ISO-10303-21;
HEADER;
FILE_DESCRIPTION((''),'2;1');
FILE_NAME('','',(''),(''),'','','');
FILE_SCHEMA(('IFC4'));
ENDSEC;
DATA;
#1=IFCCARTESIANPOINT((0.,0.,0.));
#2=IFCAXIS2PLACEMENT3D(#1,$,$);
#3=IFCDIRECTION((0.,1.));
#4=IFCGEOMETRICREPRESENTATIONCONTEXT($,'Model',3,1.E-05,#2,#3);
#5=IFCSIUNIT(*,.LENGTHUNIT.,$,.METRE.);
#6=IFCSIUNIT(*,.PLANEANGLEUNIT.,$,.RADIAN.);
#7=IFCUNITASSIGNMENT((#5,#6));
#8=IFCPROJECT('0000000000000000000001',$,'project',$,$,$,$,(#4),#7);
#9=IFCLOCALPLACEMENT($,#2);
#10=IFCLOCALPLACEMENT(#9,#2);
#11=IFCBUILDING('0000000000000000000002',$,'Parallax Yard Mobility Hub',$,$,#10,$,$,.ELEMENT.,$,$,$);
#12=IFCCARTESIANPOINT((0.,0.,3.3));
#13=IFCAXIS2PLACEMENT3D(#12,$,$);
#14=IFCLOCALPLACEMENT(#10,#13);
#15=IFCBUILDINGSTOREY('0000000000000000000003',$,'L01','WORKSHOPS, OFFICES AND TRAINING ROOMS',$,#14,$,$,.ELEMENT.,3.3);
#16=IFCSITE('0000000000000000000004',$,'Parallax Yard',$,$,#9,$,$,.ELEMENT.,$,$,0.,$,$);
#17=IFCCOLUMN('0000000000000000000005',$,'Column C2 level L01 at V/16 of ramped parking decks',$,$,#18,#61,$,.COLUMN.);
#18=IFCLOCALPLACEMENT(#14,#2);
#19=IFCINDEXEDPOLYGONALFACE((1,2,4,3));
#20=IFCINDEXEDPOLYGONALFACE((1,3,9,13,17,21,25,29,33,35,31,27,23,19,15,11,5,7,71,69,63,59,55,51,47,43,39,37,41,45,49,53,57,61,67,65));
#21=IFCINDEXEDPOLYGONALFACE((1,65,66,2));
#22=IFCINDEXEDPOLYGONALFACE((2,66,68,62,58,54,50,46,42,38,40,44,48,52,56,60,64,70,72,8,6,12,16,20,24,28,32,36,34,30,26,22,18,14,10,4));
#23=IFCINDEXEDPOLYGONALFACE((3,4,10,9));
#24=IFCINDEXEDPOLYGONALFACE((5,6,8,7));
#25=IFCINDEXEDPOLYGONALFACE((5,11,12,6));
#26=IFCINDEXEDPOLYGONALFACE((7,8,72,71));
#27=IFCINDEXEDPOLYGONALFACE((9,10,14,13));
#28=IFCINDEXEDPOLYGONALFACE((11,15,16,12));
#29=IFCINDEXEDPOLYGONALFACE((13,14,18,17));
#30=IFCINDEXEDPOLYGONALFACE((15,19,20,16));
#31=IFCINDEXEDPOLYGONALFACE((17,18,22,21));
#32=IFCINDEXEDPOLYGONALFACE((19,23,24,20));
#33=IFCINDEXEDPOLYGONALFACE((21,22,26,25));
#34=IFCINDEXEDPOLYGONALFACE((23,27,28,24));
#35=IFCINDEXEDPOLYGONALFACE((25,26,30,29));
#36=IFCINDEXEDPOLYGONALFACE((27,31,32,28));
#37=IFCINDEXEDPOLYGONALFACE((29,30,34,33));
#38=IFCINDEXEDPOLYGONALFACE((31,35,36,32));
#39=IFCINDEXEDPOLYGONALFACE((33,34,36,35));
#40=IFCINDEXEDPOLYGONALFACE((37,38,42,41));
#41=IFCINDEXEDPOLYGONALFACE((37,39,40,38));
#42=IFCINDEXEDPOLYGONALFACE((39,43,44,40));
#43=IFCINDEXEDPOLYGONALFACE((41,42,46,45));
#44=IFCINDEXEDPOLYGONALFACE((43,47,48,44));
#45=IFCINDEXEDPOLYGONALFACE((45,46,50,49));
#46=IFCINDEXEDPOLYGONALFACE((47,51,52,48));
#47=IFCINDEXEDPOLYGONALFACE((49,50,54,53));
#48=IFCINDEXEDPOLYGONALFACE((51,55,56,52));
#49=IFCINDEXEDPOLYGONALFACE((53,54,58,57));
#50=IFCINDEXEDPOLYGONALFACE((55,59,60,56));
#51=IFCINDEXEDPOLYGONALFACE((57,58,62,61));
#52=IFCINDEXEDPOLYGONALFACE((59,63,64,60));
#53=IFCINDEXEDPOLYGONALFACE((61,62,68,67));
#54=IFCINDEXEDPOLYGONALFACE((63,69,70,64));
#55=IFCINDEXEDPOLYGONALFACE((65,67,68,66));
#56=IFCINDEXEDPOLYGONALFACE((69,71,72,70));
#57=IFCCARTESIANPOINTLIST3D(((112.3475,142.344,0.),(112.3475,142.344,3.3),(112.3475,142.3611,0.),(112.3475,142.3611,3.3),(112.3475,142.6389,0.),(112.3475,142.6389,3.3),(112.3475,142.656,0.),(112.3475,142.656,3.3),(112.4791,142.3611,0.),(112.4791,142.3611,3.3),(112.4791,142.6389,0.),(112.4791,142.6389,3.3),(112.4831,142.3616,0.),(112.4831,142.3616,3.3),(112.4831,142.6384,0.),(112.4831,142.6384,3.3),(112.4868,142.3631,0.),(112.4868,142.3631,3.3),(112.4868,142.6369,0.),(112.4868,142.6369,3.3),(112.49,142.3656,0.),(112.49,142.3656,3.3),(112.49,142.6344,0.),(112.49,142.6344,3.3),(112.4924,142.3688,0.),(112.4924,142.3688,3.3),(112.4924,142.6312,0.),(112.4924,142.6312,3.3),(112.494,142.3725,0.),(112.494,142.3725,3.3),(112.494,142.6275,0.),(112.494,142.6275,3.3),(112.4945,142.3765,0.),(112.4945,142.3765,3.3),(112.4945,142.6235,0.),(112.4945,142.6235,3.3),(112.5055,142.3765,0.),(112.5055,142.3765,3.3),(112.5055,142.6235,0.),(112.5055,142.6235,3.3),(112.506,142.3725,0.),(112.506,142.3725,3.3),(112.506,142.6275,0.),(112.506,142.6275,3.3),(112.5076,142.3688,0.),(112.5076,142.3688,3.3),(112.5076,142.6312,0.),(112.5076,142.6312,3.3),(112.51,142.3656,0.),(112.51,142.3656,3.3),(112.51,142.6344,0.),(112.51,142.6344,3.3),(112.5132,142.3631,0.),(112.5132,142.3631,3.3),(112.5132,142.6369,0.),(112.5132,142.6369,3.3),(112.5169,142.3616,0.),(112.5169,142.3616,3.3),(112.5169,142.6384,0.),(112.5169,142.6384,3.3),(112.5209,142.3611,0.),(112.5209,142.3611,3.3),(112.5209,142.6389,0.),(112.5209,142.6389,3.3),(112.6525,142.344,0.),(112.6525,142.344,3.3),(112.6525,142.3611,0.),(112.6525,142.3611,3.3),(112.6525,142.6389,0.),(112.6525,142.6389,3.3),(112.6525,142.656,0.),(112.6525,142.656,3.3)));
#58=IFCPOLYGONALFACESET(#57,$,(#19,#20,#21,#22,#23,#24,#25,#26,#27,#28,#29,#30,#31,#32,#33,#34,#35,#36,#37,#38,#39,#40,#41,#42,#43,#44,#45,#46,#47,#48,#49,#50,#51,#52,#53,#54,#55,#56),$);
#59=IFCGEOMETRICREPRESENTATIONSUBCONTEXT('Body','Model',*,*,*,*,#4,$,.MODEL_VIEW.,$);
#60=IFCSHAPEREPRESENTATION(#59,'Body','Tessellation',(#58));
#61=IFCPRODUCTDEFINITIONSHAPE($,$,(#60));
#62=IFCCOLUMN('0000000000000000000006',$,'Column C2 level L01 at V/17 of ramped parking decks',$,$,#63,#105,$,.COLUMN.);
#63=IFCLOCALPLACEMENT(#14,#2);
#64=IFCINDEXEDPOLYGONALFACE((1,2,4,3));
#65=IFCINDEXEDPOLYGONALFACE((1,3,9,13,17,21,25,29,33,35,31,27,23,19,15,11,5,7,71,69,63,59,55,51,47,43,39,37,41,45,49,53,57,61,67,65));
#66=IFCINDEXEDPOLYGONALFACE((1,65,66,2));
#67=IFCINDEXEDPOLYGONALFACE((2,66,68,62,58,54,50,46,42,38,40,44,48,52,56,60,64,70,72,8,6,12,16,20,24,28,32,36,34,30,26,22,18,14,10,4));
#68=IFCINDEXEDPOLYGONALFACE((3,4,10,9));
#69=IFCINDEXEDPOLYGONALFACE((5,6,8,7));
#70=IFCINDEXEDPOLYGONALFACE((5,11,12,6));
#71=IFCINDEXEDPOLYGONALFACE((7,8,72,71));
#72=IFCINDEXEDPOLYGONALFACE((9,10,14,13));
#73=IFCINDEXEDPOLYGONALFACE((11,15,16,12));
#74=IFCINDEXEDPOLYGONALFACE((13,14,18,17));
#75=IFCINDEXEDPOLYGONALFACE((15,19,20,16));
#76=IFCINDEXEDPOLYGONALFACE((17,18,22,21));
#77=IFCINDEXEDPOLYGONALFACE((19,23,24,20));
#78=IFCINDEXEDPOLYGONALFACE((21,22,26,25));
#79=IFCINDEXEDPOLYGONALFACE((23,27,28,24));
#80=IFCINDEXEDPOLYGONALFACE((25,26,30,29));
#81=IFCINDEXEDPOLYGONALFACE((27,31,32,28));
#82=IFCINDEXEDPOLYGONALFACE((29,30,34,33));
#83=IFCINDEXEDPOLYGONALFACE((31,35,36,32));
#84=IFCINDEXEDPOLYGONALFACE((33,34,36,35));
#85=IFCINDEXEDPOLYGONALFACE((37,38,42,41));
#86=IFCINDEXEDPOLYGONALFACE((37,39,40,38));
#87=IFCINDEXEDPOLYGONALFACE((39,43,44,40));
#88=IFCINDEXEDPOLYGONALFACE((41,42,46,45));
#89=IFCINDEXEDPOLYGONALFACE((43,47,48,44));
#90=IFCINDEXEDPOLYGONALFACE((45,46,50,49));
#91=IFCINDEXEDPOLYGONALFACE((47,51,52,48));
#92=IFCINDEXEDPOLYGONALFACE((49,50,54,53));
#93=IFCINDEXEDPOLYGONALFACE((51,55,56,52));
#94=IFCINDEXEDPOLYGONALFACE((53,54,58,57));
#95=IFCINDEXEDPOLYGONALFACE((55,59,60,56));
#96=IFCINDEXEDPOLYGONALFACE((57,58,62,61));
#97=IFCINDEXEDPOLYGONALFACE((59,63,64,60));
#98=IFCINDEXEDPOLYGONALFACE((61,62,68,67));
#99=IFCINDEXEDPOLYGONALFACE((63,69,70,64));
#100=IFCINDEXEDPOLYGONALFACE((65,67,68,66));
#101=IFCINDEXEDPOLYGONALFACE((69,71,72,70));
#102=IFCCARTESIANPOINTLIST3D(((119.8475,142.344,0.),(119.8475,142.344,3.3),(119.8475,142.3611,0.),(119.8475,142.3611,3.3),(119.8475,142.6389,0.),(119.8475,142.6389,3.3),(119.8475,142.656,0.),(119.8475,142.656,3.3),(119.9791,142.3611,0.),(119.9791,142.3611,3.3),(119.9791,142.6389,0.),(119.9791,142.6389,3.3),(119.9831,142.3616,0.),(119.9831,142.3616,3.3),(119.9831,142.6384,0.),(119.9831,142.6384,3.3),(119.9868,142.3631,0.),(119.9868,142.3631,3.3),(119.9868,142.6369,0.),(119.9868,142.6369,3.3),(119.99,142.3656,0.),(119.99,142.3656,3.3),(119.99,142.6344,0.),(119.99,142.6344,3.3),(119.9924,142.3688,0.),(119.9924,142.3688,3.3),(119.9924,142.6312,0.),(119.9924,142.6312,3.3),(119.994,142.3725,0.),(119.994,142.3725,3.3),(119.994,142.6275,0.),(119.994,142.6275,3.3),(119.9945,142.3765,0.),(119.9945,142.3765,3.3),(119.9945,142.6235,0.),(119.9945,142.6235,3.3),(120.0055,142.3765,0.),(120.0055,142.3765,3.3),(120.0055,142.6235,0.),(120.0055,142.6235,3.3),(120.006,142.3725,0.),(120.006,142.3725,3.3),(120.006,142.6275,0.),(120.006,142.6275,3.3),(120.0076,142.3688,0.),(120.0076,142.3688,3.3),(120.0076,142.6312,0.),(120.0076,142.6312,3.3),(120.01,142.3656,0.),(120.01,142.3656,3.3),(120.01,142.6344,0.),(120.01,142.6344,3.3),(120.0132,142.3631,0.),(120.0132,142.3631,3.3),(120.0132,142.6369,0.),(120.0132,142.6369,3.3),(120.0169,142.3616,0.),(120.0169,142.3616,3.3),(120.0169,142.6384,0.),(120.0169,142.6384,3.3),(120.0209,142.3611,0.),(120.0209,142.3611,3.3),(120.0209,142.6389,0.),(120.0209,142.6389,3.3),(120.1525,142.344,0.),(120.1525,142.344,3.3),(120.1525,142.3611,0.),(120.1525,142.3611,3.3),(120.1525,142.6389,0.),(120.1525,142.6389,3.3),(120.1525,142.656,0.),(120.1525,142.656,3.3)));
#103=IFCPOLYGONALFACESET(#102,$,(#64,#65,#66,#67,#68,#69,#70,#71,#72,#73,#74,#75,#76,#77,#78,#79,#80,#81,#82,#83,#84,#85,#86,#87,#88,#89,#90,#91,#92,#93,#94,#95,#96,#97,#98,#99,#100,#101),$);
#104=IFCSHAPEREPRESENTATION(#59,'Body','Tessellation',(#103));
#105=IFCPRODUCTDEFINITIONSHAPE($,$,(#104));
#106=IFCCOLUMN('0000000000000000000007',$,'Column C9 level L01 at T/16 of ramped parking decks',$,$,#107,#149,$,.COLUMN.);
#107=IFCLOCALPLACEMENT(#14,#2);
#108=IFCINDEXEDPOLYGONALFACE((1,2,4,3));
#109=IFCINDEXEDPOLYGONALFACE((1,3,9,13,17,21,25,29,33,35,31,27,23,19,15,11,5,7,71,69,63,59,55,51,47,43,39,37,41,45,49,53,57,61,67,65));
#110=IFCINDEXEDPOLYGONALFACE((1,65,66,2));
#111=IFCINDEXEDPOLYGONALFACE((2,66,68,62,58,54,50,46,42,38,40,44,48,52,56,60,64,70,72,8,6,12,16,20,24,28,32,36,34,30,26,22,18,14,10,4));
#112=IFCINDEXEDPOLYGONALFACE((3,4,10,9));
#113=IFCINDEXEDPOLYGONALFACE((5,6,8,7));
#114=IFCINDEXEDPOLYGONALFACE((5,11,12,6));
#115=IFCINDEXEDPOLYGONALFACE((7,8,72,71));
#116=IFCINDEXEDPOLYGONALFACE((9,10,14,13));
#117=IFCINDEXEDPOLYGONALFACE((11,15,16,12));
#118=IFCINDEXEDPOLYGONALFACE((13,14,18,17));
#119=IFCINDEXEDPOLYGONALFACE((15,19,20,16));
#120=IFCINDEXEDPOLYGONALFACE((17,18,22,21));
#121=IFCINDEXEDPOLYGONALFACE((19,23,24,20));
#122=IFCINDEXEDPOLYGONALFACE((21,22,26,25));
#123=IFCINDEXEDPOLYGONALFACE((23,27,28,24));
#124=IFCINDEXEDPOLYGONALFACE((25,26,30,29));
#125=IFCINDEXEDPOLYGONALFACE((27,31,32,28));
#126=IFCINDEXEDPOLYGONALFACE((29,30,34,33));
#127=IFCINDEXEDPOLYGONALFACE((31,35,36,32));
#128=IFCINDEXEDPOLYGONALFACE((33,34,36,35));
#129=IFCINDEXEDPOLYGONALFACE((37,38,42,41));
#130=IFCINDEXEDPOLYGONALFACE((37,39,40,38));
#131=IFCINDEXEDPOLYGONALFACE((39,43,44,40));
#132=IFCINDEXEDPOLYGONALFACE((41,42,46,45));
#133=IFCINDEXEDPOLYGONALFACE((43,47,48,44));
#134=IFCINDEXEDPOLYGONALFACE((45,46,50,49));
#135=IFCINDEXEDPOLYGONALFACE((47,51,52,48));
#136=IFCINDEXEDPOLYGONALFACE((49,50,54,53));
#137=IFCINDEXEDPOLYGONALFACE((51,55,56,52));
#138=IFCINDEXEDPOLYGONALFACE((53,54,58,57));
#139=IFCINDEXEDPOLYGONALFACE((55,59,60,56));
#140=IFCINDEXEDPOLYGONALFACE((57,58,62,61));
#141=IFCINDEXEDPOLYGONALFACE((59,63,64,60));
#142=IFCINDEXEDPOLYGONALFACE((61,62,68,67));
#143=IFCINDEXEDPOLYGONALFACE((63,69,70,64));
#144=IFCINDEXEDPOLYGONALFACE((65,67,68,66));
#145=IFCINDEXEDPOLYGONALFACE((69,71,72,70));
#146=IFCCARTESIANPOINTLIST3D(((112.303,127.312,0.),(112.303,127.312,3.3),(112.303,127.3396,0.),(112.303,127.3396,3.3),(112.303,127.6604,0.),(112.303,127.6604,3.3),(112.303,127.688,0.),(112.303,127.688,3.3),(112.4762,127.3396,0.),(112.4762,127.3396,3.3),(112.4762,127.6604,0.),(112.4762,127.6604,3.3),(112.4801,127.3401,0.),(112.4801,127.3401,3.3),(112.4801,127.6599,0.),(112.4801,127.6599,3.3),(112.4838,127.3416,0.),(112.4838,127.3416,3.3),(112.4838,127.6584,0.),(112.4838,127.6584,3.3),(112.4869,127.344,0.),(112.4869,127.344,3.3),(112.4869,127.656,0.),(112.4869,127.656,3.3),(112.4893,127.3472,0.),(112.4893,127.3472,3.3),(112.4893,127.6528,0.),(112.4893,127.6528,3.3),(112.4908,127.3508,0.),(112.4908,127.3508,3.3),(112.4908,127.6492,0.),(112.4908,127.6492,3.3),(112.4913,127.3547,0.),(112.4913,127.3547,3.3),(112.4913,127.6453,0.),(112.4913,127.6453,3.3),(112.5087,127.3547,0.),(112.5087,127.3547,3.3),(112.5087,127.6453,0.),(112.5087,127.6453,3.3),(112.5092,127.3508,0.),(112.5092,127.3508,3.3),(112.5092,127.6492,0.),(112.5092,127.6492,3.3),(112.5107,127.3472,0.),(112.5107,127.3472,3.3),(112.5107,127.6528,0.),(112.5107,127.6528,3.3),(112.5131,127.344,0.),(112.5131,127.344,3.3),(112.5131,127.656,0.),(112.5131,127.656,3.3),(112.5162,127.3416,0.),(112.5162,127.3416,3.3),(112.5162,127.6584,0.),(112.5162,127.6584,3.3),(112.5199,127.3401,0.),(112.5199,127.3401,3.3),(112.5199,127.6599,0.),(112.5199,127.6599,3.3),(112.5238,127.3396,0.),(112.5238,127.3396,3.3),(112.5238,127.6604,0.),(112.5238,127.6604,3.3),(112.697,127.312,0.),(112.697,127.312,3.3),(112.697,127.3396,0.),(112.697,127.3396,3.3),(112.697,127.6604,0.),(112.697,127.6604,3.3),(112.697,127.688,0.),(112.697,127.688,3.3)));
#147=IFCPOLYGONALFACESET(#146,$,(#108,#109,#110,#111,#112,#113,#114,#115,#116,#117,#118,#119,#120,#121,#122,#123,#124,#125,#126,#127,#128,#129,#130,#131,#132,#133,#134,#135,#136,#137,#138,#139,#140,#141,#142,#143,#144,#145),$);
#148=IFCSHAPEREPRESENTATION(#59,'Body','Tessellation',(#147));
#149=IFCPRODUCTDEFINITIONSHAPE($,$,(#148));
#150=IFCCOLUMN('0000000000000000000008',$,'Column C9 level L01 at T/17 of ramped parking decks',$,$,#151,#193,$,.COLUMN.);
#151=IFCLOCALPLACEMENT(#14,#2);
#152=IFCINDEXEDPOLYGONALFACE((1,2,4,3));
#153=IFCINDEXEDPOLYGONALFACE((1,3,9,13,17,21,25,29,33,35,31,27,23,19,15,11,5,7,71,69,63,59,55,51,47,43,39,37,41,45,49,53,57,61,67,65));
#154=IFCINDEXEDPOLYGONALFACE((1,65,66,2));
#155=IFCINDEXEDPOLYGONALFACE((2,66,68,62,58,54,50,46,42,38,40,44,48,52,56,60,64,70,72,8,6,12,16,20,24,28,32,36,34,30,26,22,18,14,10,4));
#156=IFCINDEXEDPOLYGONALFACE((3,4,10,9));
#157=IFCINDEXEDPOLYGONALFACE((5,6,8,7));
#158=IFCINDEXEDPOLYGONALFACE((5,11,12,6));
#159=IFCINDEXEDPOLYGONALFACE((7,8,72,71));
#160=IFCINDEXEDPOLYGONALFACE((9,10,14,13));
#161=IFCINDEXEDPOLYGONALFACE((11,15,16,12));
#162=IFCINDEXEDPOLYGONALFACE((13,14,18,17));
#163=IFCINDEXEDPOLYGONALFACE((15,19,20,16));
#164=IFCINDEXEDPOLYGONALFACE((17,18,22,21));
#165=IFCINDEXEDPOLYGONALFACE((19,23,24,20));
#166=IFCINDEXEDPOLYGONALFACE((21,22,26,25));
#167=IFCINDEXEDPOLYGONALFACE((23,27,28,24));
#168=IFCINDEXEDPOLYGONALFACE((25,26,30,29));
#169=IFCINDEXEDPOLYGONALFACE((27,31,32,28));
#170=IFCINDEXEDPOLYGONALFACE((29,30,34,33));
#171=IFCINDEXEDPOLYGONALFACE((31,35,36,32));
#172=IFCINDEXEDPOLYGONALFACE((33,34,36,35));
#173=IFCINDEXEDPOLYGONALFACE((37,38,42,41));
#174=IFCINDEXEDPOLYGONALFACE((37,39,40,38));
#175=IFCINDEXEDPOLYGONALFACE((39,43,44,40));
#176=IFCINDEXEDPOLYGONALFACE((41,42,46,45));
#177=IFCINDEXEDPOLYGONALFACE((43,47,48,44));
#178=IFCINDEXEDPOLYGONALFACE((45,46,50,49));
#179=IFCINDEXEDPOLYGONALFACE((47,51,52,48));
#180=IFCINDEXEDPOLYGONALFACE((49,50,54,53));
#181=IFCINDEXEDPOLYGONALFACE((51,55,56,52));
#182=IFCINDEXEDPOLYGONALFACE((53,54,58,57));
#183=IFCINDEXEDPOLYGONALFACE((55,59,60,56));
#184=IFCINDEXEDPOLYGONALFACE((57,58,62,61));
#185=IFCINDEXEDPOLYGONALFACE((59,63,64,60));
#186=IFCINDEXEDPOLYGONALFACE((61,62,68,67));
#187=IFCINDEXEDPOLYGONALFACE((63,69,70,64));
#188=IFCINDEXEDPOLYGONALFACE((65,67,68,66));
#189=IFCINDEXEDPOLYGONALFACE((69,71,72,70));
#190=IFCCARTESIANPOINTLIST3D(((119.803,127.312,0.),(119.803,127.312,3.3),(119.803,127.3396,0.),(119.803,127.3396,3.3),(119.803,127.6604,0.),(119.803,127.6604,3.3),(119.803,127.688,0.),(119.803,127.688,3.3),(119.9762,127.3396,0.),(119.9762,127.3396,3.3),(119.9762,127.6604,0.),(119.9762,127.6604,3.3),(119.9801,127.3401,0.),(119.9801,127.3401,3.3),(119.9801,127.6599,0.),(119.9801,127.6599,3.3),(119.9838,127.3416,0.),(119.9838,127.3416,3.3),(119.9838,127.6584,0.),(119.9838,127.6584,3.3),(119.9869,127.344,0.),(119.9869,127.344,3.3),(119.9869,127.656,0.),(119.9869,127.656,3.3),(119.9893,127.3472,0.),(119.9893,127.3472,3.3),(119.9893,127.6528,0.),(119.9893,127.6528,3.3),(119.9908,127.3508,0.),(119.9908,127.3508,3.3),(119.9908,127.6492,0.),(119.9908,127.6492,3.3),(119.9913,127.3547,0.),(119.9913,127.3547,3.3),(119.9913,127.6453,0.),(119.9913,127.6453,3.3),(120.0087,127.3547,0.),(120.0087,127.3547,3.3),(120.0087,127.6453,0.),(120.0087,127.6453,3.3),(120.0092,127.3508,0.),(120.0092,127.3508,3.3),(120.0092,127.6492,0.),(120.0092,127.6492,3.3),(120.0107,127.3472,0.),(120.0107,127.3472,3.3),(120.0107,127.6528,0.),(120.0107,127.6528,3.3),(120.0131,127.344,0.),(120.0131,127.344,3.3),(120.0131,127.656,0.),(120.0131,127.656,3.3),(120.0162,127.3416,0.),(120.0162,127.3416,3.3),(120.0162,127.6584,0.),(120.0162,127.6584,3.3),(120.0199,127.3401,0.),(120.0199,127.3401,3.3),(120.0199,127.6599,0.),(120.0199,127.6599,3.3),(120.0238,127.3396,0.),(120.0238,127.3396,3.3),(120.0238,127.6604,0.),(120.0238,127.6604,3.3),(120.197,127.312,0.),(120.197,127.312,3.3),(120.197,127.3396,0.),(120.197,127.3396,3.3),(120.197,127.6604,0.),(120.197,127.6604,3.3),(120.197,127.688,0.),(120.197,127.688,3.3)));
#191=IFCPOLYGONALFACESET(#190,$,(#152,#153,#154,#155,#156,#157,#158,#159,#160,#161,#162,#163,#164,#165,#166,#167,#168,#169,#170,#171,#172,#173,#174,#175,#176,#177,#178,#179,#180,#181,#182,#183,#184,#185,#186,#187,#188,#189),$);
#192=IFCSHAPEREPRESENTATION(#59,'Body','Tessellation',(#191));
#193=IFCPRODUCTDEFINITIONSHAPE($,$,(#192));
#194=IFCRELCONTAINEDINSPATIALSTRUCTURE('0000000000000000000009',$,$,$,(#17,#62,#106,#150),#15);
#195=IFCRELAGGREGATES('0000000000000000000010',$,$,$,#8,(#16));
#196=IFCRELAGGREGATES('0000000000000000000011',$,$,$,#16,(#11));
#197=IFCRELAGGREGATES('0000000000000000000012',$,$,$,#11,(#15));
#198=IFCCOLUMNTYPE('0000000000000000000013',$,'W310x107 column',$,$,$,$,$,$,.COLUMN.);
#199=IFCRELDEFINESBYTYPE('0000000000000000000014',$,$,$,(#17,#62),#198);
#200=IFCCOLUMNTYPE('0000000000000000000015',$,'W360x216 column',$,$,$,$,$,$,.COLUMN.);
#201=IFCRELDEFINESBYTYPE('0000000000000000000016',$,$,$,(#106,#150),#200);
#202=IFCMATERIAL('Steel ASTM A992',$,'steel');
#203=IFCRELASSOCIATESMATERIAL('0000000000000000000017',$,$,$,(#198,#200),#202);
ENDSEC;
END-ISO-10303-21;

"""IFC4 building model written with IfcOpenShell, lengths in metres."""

from ifc_helpers import new_model, si_unit, direction, frame, origin, origin_2d, place, context, subcontext, project, spatial, i_section, extrude, material, material_profile, profile_set, type_object, element, save


model = new_model("IFC4")

# Units and contexts
model_context = context("Model", 3, precision=1e-05, world=origin(), true_north=direction((0.0, 1.0)))
body_context = subcontext(model_context, "Body", "Model", "MODEL_VIEW")
ifc_project = project(units=[si_unit("LENGTHUNIT", "METRE"), si_unit("PLANEANGLEUNIT", "RADIAN")], contexts=[model_context])

# Site, building, storey
site_placement = place(None, origin())
site = spatial("IfcSite", under=ifc_project, at=site_placement, Name="Parallax Yard", CompositionType="ELEMENT", RefElevation=0.0)
building_placement = place(site_placement, origin())
building = spatial("IfcBuilding", under=site, at=building_placement, Name="Parallax Yard Mobility Hub", CompositionType="ELEMENT")
storey_placement = place(building_placement, frame((0.0, 0.0, 3.3)))
storey = spatial("IfcBuildingStorey", under=building, at=storey_placement, Name="L01", Description="WORKSHOPS, OFFICES AND TRAINING ROOMS", CompositionType="ELEMENT", Elevation=3.3)

# Columns
ifc_material_1 = material(Name="Steel ASTM A992", Category="steel")
ifc_material_profile_1 = material_profile(ifc_material_1, i_section(OverallWidth=0.3049, OverallDepth=0.312, WebThickness=0.011, FlangeThickness=0.0171, FilletRadius=0.0154, at=origin_2d()), Name="W310x107")
ifc_profile_set_1 = profile_set([ifc_material_profile_1], Name="Steel ASTM A992")
column_type_1 = type_object("IfcColumnType", Name="W310x107 column", PredefinedType="COLUMN", material=ifc_profile_set_1)
for number, where, z_axis, x_axis, name in (
    (1, (112.5, 142.5, 0.0), (0.0, 0.0, 1.0), (1.0, 0.0, 0.0), "Column C2 level L01 at V/16 of ramped parking decks"),
    (2, (120.0, 142.5, 0.0), (0.0, 0.0, 1.0), (1.0, 0.0, 0.0), "Column C2 level L01 at V/17 of ramped parking decks"),
):
    element("IfcColumn", number, at=place(storey_placement, frame(where, z_axis=z_axis, x_axis=x_axis)), inside=storey, type_object=column_type_1, Name=name, PredefinedType="COLUMN", context=body_context, shape_type="SweptSolid", body=[
        extrude(i_section(OverallWidth=0.3049, OverallDepth=0.312, WebThickness=0.011, FlangeThickness=0.0171, FilletRadius=0.0154, at=origin_2d()), origin(), (0.0, 0.0, 1.0), 3.3),
    ])
ifc_material_profile_2 = material_profile(ifc_material_1, i_section(OverallWidth=0.394, OverallDepth=0.376, WebThickness=0.0173, FlangeThickness=0.0276, FilletRadius=0.0151, at=origin_2d()), Name="W360x216")
ifc_profile_set_2 = profile_set([ifc_material_profile_2], Name="Steel ASTM A992")
column_type_2 = type_object("IfcColumnType", Name="W360x216 column", PredefinedType="COLUMN", material=ifc_profile_set_2)
for number, where, z_axis, x_axis, name in (
    (3, (112.5, 127.5, 0.0), (0.0, 0.0, 1.0), (1.0, 0.0, 0.0), "Column C9 level L01 at T/16 of ramped parking decks"),
    (4, (120.0, 127.5, 0.0), (0.0, 0.0, 1.0), (1.0, 0.0, 0.0), "Column C9 level L01 at T/17 of ramped parking decks"),
):
    element("IfcColumn", number, at=place(storey_placement, frame(where, z_axis=z_axis, x_axis=x_axis)), inside=storey, type_object=column_type_2, Name=name, PredefinedType="COLUMN", context=body_context, shape_type="SweptSolid", body=[
        extrude(i_section(OverallWidth=0.394, OverallDepth=0.376, WebThickness=0.0173, FlangeThickness=0.0276, FilletRadius=0.0151, at=origin_2d()), origin(), (0.0, 0.0, 1.0), 3.3),
    ])

save(model, "model.ifc")
